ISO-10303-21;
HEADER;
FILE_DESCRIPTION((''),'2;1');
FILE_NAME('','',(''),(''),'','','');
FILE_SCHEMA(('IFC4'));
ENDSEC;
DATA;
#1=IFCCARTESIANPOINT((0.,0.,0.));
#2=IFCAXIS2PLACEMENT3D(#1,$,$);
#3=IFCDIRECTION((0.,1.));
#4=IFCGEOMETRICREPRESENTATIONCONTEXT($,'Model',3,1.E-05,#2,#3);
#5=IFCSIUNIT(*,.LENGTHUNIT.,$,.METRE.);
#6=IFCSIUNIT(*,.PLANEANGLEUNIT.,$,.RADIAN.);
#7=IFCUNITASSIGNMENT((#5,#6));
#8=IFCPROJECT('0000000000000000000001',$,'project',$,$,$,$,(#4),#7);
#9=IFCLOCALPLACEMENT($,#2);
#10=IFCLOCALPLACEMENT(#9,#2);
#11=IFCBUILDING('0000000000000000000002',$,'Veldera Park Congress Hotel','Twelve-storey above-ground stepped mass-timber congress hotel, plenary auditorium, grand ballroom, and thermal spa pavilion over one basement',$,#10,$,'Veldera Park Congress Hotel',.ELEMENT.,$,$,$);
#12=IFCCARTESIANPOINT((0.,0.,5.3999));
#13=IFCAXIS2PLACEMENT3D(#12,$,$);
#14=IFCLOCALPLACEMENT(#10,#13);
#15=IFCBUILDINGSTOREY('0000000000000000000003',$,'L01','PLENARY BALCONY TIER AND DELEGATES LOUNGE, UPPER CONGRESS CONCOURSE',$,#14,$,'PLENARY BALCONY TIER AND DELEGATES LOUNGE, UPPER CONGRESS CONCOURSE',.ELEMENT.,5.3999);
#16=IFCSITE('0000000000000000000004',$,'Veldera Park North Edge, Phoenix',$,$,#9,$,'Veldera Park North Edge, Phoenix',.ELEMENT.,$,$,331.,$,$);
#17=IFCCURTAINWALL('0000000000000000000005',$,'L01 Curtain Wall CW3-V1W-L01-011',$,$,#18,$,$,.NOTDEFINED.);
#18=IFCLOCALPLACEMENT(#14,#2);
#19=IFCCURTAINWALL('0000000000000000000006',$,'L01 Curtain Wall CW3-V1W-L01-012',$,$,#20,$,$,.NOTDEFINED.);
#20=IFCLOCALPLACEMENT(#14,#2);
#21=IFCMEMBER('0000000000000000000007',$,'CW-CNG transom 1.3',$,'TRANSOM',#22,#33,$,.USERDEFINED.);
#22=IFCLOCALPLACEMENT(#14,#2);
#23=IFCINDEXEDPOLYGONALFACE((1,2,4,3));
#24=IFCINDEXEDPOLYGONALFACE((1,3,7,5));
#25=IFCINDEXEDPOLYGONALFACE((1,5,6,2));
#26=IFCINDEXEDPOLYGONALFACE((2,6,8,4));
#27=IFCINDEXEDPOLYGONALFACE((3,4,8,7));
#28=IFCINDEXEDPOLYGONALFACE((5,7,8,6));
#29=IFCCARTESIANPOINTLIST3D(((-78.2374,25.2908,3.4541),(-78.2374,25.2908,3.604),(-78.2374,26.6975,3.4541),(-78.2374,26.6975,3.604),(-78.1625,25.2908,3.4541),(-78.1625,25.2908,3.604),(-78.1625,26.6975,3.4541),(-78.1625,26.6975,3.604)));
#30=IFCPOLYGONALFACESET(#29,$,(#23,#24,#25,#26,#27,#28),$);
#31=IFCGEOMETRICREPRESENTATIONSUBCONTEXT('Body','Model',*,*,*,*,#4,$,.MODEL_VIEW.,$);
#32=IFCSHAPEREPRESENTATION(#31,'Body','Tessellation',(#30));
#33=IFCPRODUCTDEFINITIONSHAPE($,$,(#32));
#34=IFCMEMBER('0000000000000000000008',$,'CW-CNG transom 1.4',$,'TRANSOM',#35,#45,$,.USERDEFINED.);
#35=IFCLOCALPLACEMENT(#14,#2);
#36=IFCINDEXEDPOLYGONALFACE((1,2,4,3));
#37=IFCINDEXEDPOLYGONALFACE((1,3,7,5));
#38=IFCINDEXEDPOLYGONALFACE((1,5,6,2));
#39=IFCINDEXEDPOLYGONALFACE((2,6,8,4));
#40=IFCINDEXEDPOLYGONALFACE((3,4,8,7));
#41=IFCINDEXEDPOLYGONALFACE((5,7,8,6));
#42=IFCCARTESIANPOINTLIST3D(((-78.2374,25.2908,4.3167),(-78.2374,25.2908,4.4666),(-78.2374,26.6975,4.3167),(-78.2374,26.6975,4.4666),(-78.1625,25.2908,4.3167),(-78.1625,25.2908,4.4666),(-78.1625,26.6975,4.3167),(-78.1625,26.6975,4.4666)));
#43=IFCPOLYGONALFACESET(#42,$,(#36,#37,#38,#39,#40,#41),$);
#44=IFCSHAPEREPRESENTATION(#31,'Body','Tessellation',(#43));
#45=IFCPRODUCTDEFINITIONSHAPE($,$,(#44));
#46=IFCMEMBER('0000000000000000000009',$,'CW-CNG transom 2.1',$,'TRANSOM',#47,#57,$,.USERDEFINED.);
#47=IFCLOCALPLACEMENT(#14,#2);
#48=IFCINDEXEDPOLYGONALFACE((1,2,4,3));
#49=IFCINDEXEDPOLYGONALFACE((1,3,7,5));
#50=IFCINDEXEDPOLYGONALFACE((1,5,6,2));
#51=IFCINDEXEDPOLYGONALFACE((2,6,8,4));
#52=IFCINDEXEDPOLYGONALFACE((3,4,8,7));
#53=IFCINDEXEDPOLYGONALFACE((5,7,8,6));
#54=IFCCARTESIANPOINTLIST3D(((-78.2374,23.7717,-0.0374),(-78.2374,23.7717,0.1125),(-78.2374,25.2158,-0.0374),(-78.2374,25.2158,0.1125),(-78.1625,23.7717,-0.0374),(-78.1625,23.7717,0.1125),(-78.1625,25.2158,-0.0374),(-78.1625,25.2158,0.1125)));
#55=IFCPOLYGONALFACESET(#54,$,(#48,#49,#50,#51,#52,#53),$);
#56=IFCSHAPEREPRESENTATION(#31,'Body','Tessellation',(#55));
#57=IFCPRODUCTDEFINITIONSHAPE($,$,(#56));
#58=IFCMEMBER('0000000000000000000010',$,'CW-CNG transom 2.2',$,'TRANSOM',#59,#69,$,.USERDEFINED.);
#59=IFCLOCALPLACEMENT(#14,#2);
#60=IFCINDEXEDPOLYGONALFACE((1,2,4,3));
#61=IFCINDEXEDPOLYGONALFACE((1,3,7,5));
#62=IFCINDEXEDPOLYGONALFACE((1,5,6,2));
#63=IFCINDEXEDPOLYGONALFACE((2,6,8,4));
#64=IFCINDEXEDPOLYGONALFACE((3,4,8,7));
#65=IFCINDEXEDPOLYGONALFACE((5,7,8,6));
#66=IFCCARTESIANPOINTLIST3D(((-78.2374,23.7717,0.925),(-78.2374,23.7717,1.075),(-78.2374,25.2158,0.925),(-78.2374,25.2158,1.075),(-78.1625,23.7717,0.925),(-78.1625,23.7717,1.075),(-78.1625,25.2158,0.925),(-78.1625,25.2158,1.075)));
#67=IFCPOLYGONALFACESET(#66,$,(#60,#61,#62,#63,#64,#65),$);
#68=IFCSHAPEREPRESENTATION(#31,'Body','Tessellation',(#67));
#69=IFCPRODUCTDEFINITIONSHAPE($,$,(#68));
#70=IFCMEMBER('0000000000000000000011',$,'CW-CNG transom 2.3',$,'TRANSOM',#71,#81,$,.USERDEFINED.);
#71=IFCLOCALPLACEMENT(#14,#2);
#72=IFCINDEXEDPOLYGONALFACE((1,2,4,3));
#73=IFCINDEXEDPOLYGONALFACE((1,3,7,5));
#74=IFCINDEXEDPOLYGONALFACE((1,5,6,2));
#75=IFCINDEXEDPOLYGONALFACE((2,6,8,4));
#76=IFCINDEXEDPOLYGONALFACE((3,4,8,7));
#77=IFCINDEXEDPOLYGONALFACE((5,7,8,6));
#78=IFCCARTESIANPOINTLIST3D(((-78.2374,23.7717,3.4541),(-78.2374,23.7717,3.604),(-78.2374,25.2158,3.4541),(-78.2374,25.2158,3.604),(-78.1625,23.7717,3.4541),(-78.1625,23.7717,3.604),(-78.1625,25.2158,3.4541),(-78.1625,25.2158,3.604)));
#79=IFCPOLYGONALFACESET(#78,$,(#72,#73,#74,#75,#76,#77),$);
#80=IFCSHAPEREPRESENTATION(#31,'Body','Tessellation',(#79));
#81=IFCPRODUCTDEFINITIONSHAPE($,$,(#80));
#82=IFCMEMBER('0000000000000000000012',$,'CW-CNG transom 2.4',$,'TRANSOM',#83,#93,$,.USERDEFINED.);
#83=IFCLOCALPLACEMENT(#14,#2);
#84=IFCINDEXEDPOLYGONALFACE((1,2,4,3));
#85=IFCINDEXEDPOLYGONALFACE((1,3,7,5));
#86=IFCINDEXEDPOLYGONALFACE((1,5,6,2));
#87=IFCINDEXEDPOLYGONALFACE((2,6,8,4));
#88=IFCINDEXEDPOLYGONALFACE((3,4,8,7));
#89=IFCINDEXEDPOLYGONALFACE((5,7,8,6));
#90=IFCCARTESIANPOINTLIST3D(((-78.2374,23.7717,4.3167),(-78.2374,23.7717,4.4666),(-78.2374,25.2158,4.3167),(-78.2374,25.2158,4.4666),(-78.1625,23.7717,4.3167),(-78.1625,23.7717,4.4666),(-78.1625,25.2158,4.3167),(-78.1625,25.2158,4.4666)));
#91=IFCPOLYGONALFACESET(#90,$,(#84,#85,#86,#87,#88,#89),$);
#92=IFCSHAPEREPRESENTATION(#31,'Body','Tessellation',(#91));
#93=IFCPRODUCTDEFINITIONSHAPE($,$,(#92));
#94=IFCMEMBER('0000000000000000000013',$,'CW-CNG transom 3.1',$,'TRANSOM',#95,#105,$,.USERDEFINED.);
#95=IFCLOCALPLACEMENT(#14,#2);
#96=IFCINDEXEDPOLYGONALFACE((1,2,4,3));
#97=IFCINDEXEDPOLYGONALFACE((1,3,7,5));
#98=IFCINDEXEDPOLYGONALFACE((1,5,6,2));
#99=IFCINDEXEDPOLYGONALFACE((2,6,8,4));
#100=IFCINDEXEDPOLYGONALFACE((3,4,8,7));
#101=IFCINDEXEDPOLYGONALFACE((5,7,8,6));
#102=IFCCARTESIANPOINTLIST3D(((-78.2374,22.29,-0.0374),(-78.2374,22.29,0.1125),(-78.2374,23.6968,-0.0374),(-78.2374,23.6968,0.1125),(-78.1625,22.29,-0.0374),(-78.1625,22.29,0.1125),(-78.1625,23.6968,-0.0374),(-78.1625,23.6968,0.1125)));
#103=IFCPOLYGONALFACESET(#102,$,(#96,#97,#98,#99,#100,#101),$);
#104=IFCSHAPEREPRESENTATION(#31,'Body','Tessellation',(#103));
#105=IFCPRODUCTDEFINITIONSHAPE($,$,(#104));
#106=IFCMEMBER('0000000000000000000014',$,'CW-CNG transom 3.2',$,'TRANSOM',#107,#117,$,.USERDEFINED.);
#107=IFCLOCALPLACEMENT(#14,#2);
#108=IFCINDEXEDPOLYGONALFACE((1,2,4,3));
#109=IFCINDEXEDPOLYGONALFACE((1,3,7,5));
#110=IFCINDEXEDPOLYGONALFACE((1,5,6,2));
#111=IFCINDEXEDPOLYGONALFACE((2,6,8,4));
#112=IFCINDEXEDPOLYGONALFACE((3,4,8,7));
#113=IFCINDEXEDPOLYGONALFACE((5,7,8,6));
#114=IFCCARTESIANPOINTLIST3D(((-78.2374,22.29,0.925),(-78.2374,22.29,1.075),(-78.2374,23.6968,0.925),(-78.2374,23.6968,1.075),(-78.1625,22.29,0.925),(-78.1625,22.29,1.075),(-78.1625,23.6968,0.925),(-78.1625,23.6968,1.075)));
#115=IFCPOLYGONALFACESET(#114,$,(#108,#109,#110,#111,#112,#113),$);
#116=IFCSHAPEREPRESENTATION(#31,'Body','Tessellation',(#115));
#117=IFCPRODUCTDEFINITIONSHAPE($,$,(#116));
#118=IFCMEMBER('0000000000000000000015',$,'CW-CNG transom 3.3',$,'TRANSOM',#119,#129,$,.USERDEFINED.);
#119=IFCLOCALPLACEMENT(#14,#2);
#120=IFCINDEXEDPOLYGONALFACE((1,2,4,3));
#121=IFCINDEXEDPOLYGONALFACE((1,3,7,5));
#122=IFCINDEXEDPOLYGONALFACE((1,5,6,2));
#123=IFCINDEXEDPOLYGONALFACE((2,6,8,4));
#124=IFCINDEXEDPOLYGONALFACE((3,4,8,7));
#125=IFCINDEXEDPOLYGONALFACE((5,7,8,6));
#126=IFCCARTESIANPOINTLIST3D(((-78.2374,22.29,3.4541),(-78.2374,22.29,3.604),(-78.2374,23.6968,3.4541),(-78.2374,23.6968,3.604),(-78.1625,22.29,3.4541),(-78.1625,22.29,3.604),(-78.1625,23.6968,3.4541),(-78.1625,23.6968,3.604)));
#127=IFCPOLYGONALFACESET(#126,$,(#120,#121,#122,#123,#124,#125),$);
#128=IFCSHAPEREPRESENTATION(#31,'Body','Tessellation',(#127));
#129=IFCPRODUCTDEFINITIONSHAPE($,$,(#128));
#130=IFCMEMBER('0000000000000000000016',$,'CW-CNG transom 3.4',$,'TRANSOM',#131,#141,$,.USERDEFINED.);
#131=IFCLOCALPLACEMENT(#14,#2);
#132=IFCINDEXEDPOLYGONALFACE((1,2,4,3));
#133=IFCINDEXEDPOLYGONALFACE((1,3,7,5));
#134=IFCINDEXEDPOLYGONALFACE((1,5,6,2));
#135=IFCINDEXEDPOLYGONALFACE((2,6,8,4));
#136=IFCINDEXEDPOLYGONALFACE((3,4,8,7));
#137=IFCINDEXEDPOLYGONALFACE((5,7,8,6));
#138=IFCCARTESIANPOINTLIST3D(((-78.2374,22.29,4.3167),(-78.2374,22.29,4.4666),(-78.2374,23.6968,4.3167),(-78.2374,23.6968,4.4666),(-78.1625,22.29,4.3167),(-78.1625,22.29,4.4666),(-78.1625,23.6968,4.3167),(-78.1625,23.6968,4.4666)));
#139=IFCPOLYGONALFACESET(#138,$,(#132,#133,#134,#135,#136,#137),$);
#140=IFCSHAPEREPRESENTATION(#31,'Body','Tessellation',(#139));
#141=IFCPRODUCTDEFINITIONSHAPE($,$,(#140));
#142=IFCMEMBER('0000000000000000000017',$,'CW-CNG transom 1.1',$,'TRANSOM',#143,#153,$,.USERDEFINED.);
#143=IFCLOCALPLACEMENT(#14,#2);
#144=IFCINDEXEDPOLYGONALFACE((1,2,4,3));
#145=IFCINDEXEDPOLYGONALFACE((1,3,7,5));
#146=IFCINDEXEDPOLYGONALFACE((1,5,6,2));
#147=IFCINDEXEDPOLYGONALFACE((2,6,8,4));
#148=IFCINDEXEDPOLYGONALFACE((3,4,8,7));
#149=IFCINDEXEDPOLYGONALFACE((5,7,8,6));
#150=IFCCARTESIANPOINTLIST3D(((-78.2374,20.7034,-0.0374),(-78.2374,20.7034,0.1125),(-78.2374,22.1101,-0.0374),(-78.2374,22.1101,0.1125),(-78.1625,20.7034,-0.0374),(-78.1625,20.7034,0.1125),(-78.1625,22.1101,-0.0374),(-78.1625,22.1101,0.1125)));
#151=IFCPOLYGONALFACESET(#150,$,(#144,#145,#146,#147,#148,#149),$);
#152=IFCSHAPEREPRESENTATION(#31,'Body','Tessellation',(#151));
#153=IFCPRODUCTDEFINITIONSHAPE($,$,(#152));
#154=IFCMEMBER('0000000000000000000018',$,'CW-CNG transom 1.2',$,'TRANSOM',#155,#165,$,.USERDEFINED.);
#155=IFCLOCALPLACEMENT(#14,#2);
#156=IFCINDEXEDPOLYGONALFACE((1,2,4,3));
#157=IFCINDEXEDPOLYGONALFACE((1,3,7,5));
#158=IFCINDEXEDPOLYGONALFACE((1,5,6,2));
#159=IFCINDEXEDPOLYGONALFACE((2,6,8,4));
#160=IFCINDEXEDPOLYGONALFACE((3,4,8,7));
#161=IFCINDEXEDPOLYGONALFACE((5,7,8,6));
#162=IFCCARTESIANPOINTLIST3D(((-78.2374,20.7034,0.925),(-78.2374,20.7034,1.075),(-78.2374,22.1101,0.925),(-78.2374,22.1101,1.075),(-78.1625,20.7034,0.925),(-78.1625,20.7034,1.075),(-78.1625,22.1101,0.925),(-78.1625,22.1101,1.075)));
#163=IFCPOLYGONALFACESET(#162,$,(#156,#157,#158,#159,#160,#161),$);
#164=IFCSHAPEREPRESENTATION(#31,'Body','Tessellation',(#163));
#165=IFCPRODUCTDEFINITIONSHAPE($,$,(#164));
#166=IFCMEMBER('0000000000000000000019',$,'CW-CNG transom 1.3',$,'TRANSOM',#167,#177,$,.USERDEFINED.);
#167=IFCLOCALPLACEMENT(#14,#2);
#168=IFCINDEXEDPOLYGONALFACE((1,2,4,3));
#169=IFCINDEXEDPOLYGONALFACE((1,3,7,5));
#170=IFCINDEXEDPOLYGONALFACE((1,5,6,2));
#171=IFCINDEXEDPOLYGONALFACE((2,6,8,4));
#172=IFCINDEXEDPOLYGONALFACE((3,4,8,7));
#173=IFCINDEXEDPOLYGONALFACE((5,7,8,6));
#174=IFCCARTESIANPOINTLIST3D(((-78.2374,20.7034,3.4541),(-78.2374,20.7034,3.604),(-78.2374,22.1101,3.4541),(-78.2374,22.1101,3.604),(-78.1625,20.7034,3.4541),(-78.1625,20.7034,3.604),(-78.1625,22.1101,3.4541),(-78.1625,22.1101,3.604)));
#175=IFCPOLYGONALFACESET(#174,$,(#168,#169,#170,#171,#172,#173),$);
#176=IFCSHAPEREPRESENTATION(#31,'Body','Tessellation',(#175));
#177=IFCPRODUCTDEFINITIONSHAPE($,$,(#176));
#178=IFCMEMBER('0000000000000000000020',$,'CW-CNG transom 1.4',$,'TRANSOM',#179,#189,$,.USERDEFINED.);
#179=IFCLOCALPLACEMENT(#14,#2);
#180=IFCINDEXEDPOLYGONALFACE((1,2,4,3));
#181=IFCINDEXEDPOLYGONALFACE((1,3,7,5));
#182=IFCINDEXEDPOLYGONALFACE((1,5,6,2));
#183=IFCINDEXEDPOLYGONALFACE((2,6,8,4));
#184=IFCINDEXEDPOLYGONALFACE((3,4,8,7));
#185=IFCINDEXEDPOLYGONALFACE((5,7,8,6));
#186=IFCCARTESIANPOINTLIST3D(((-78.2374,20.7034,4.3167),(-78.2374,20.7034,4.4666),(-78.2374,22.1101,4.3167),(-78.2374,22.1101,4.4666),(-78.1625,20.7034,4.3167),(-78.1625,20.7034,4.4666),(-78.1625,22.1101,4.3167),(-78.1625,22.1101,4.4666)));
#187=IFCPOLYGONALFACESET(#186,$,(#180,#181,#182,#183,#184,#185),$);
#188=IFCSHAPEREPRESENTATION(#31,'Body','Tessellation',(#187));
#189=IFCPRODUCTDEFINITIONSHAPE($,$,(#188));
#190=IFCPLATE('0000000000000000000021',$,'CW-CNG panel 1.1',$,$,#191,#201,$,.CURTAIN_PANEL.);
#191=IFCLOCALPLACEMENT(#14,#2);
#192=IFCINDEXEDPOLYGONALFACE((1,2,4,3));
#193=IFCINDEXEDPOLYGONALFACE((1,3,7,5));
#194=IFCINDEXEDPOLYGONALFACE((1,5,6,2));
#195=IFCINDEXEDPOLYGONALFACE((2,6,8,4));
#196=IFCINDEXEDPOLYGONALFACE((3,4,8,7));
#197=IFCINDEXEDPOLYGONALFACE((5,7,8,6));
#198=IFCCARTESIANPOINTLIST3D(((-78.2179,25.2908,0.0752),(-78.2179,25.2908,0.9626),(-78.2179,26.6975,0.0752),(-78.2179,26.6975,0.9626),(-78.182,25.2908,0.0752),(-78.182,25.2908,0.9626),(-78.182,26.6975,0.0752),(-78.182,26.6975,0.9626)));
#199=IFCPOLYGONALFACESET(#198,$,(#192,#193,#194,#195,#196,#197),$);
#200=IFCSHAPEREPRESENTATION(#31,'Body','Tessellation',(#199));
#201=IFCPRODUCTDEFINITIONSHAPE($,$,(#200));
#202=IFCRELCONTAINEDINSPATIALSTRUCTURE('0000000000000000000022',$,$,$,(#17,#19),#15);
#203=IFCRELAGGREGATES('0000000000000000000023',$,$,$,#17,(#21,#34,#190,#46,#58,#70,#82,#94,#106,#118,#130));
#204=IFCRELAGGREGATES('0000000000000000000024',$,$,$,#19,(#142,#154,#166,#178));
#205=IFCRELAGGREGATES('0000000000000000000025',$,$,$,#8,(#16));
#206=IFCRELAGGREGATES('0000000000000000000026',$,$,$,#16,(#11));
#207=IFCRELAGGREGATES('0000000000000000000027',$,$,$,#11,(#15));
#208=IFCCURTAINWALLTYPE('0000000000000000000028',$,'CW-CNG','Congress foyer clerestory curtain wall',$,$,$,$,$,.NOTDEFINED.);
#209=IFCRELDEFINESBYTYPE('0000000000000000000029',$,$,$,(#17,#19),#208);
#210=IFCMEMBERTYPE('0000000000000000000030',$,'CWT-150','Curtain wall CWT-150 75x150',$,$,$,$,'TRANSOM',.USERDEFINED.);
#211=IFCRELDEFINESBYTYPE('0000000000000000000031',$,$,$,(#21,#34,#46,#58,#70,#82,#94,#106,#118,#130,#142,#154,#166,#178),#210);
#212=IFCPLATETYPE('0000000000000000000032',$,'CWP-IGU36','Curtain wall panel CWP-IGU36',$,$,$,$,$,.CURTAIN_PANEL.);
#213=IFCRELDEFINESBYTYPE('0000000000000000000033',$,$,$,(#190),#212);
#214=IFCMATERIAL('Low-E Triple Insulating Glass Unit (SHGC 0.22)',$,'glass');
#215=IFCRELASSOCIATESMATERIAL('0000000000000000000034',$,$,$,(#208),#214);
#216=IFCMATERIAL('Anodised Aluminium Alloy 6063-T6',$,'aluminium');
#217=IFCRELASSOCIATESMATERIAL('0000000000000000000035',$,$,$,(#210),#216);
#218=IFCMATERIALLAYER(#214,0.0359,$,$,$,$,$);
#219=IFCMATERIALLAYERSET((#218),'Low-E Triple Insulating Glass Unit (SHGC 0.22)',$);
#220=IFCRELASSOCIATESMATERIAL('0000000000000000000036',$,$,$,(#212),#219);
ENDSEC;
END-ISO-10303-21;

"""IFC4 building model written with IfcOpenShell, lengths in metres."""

from ifc_helpers import new_model, si_unit, direction, frame, origin, origin_2d, place, context, subcontext, project, spatial, rectangle, extrude, material, layer, layer_set, material_profile, profile_set, type_object, element, aggregate, save


model = new_model("IFC4")

# Units and contexts
model_context = context("Model", 3, precision=1e-05, world=origin(), true_north=direction((0.0, 1.0)))
body_context = subcontext(model_context, "Body", "Model", "MODEL_VIEW")
ifc_project = project(units=[si_unit("LENGTHUNIT", "METRE"), si_unit("PLANEANGLEUNIT", "RADIAN")], contexts=[model_context])

# Site, building, storey
site_placement = place(None, origin())
site = spatial("IfcSite", under=ifc_project, at=site_placement, Name="Veldera Park North Edge, Phoenix", LongName="Veldera Park North Edge, Phoenix", CompositionType="ELEMENT", RefElevation=331.0)
building_placement = place(site_placement, origin())
building = spatial("IfcBuilding", under=site, at=building_placement, Name="Veldera Park Congress Hotel", Description="Twelve-storey above-ground stepped mass-timber congress hotel, plenary auditorium, grand ballroom, and thermal spa pavilion over one basement", LongName="Veldera Park Congress Hotel", CompositionType="ELEMENT")
storey_placement = place(building_placement, frame((0.0, 0.0, 5.3999)))
storey = spatial("IfcBuildingStorey", under=building, at=storey_placement, Name="L01", Description="PLENARY BALCONY TIER AND DELEGATES LOUNGE, UPPER CONGRESS CONCOURSE", LongName="PLENARY BALCONY TIER AND DELEGATES LOUNGE, UPPER CONGRESS CONCOURSE", CompositionType="ELEMENT", Elevation=5.3999)

# Curtain wall
ifc_material_1 = material(Name="Low-E Triple Insulating Glass Unit (SHGC 0.22)", Category="glass")
curtain_wall_type = type_object("IfcCurtainWallType", Name="CW-CNG", Description="Congress foyer clerestory curtain wall", PredefinedType="NOTDEFINED", material=ifc_material_1)
curtain_wall_1_placement = place(storey_placement, origin())
curtain_wall_1 = element("IfcCurtainWall", 1, at=curtain_wall_1_placement, inside=storey, type_object=curtain_wall_type, Name="L01 Curtain Wall CW3-V1W-L01-011", PredefinedType="NOTDEFINED")
ifc_material_2 = material(Name="Anodised Aluminium Alloy 6063-T6", Category="aluminium")

# Curtain wall
curtain_wall_2_placement = place(storey_placement, origin())
curtain_wall_2 = element("IfcCurtainWall", 2, at=curtain_wall_2_placement, inside=storey, type_object=curtain_wall_type, Name="L01 Curtain Wall CW3-V1W-L01-012", PredefinedType="NOTDEFINED")

# Members
ifc_material_profile_1 = material_profile(ifc_material_2, rectangle(XDim=0.075, YDim=0.1499, at=origin_2d()), Name="ALU 75x150")
ifc_profile_set_1 = profile_set([ifc_material_profile_1], Name="Anodised Aluminium Alloy 6063-T6")
member_type_1 = type_object("IfcMemberType", Name="CWT-150", Description="Curtain wall CWT-150 75x150", ElementType="TRANSOM", PredefinedType="USERDEFINED", material=ifc_profile_set_1)
member_1_placement = place(storey_placement, frame((-78.2, 26.6975, 3.5291), z_axis=(0.0, -1.0, 0.0), x_axis=(1.0, 0.0, 0.0)))
member_1 = element("IfcMember", 3, at=member_1_placement, type_object=member_type_1, Name="CW-CNG transom 1.3", ObjectType="TRANSOM", PredefinedType="USERDEFINED", context=body_context, shape_type="SweptSolid", body=[
    extrude(rectangle(XDim=0.075, YDim=0.1499, at=origin_2d()), origin(), (0.0, 0.0, 1.0), 1.4067),
])
member_2_placement = place(storey_placement, frame((-78.2, 26.6975, 4.3916), z_axis=(0.0, -1.0, 0.0), x_axis=(1.0, 0.0, 0.0)))
member_2 = element("IfcMember", 4, at=member_2_placement, type_object=member_type_1, Name="CW-CNG transom 1.4", ObjectType="TRANSOM", PredefinedType="USERDEFINED", context=body_context, shape_type="SweptSolid", body=[
    extrude(rectangle(XDim=0.075, YDim=0.1499, at=origin_2d()), origin(), (0.0, 0.0, 1.0), 1.4067),
])
member_3_placement = place(storey_placement, frame((-78.2, 25.2158, 0.0376), z_axis=(0.0, -1.0, 0.0), x_axis=(1.0, 0.0, 0.0)))
member_3 = element("IfcMember", 5, at=member_3_placement, type_object=member_type_1, Name="CW-CNG transom 2.1", ObjectType="TRANSOM", PredefinedType="USERDEFINED", context=body_context, shape_type="SweptSolid", body=[
    extrude(rectangle(XDim=0.075, YDim=0.1499, at=origin_2d()), origin(), (0.0, 0.0, 1.0), 1.4441),
])
member_4_placement = place(storey_placement, frame((-78.2, 25.2158, 1.0), z_axis=(0.0, -1.0, 0.0), x_axis=(1.0, 0.0, 0.0)))
member_4 = element("IfcMember", 6, at=member_4_placement, type_object=member_type_1, Name="CW-CNG transom 2.2", ObjectType="TRANSOM", PredefinedType="USERDEFINED", context=body_context, shape_type="SweptSolid", body=[
    extrude(rectangle(XDim=0.075, YDim=0.1499, at=origin_2d()), origin(), (0.0, 0.0, 1.0), 1.4441),
])
member_5_placement = place(storey_placement, frame((-78.2, 25.2158, 3.5291), z_axis=(0.0, -1.0, 0.0), x_axis=(1.0, 0.0, 0.0)))
member_5 = element("IfcMember", 7, at=member_5_placement, type_object=member_type_1, Name="CW-CNG transom 2.3", ObjectType="TRANSOM", PredefinedType="USERDEFINED", context=body_context, shape_type="SweptSolid", body=[
    extrude(rectangle(XDim=0.075, YDim=0.1499, at=origin_2d()), origin(), (0.0, 0.0, 1.0), 1.4441),
])
member_6_placement = place(storey_placement, frame((-78.2, 25.2158, 4.3916), z_axis=(0.0, -1.0, 0.0), x_axis=(1.0, 0.0, 0.0)))
member_6 = element("IfcMember", 8, at=member_6_placement, type_object=member_type_1, Name="CW-CNG transom 2.4", ObjectType="TRANSOM", PredefinedType="USERDEFINED", context=body_context, shape_type="SweptSolid", body=[
    extrude(rectangle(XDim=0.075, YDim=0.1499, at=origin_2d()), origin(), (0.0, 0.0, 1.0), 1.4441),
])
member_7_placement = place(storey_placement, frame((-78.2, 23.6968, 0.0376), z_axis=(0.0, -1.0, 0.0), x_axis=(1.0, 0.0, 0.0)))
member_7 = element("IfcMember", 9, at=member_7_placement, type_object=member_type_1, Name="CW-CNG transom 3.1", ObjectType="TRANSOM", PredefinedType="USERDEFINED", context=body_context, shape_type="SweptSolid", body=[
    extrude(rectangle(XDim=0.075, YDim=0.1499, at=origin_2d()), origin(), (0.0, 0.0, 1.0), 1.4067),
])
member_8_placement = place(storey_placement, frame((-78.2, 23.6968, 1.0), z_axis=(0.0, -1.0, 0.0), x_axis=(1.0, 0.0, 0.0)))
member_8 = element("IfcMember", 10, at=member_8_placement, type_object=member_type_1, Name="CW-CNG transom 3.2", ObjectType="TRANSOM", PredefinedType="USERDEFINED", context=body_context, shape_type="SweptSolid", body=[
    extrude(rectangle(XDim=0.075, YDim=0.1499, at=origin_2d()), origin(), (0.0, 0.0, 1.0), 1.4067),
])
member_9_placement = place(storey_placement, frame((-78.2, 23.6968, 3.5291), z_axis=(0.0, -1.0, 0.0), x_axis=(1.0, 0.0, 0.0)))
member_9 = element("IfcMember", 11, at=member_9_placement, type_object=member_type_1, Name="CW-CNG transom 3.3", ObjectType="TRANSOM", PredefinedType="USERDEFINED", context=body_context, shape_type="SweptSolid", body=[
    extrude(rectangle(XDim=0.075, YDim=0.1499, at=origin_2d()), origin(), (0.0, 0.0, 1.0), 1.4067),
])
member_10_placement = place(storey_placement, frame((-78.2, 23.6968, 4.3916), z_axis=(0.0, -1.0, 0.0), x_axis=(1.0, 0.0, 0.0)))
member_10 = element("IfcMember", 12, at=member_10_placement, type_object=member_type_1, Name="CW-CNG transom 3.4", ObjectType="TRANSOM", PredefinedType="USERDEFINED", context=body_context, shape_type="SweptSolid", body=[
    extrude(rectangle(XDim=0.075, YDim=0.1499, at=origin_2d()), origin(), (0.0, 0.0, 1.0), 1.4067),
])
member_11_placement = place(storey_placement, frame((-78.2, 22.1101, 0.0376), z_axis=(0.0, -1.0, 0.0), x_axis=(1.0, 0.0, 0.0)))
member_11 = element("IfcMember", 13, at=member_11_placement, type_object=member_type_1, Name="CW-CNG transom 1.1", ObjectType="TRANSOM", PredefinedType="USERDEFINED", context=body_context, shape_type="SweptSolid", body=[
    extrude(rectangle(XDim=0.075, YDim=0.1499, at=origin_2d()), origin(), (0.0, 0.0, 1.0), 1.4067),
])
member_12_placement = place(storey_placement, frame((-78.2, 22.1101, 1.0), z_axis=(0.0, -1.0, 0.0), x_axis=(1.0, 0.0, 0.0)))
member_12 = element("IfcMember", 14, at=member_12_placement, type_object=member_type_1, Name="CW-CNG transom 1.2", ObjectType="TRANSOM", PredefinedType="USERDEFINED", context=body_context, shape_type="SweptSolid", body=[
    extrude(rectangle(XDim=0.075, YDim=0.1499, at=origin_2d()), origin(), (0.0, 0.0, 1.0), 1.4067),
])
member_13_placement = place(storey_placement, frame((-78.2, 22.1101, 3.5291), z_axis=(0.0, -1.0, 0.0), x_axis=(1.0, 0.0, 0.0)))
member_13 = element("IfcMember", 15, at=member_13_placement, type_object=member_type_1, Name="CW-CNG transom 1.3", ObjectType="TRANSOM", PredefinedType="USERDEFINED", context=body_context, shape_type="SweptSolid", body=[
    extrude(rectangle(XDim=0.075, YDim=0.1499, at=origin_2d()), origin(), (0.0, 0.0, 1.0), 1.4067),
])
member_14_placement = place(storey_placement, frame((-78.2, 22.1101, 4.3916), z_axis=(0.0, -1.0, 0.0), x_axis=(1.0, 0.0, 0.0)))
member_14 = element("IfcMember", 16, at=member_14_placement, type_object=member_type_1, Name="CW-CNG transom 1.4", ObjectType="TRANSOM", PredefinedType="USERDEFINED", context=body_context, shape_type="SweptSolid", body=[
    extrude(rectangle(XDim=0.075, YDim=0.1499, at=origin_2d()), origin(), (0.0, 0.0, 1.0), 1.4067),
])

# Plate
ifc_layer = layer(ifc_material_1, 0.0359)
ifc_layer_set = layer_set([ifc_layer], Name="Low-E Triple Insulating Glass Unit (SHGC 0.22)")
plate_type = type_object("IfcPlateType", Name="CWP-IGU36", Description="Curtain wall panel CWP-IGU36", PredefinedType="CURTAIN_PANEL", material=ifc_layer_set)
plate_1_placement = place(storey_placement, frame((-78.2, 25.9941, 0.0752), z_axis=(0.0, 0.0, 1.0), x_axis=(0.0, -1.0, 0.0)))
plate_1 = element("IfcPlate", 17, at=plate_1_placement, type_object=plate_type, Name="CW-CNG panel 1.1", PredefinedType="CURTAIN_PANEL", context=body_context, shape_type="SweptSolid", body=[
    extrude(rectangle(XDim=1.4067, YDim=0.0359, at=origin_2d()), origin(), (0.0, 0.0, 1.0), 0.8875),
])
aggregate(curtain_wall_1, [member_1, member_2, plate_1, member_3, member_4, member_5, member_6, member_7, member_8, member_9, member_10])
aggregate(curtain_wall_2, [member_11, member_12, member_13, member_14])

save(model, "model.ifc")
